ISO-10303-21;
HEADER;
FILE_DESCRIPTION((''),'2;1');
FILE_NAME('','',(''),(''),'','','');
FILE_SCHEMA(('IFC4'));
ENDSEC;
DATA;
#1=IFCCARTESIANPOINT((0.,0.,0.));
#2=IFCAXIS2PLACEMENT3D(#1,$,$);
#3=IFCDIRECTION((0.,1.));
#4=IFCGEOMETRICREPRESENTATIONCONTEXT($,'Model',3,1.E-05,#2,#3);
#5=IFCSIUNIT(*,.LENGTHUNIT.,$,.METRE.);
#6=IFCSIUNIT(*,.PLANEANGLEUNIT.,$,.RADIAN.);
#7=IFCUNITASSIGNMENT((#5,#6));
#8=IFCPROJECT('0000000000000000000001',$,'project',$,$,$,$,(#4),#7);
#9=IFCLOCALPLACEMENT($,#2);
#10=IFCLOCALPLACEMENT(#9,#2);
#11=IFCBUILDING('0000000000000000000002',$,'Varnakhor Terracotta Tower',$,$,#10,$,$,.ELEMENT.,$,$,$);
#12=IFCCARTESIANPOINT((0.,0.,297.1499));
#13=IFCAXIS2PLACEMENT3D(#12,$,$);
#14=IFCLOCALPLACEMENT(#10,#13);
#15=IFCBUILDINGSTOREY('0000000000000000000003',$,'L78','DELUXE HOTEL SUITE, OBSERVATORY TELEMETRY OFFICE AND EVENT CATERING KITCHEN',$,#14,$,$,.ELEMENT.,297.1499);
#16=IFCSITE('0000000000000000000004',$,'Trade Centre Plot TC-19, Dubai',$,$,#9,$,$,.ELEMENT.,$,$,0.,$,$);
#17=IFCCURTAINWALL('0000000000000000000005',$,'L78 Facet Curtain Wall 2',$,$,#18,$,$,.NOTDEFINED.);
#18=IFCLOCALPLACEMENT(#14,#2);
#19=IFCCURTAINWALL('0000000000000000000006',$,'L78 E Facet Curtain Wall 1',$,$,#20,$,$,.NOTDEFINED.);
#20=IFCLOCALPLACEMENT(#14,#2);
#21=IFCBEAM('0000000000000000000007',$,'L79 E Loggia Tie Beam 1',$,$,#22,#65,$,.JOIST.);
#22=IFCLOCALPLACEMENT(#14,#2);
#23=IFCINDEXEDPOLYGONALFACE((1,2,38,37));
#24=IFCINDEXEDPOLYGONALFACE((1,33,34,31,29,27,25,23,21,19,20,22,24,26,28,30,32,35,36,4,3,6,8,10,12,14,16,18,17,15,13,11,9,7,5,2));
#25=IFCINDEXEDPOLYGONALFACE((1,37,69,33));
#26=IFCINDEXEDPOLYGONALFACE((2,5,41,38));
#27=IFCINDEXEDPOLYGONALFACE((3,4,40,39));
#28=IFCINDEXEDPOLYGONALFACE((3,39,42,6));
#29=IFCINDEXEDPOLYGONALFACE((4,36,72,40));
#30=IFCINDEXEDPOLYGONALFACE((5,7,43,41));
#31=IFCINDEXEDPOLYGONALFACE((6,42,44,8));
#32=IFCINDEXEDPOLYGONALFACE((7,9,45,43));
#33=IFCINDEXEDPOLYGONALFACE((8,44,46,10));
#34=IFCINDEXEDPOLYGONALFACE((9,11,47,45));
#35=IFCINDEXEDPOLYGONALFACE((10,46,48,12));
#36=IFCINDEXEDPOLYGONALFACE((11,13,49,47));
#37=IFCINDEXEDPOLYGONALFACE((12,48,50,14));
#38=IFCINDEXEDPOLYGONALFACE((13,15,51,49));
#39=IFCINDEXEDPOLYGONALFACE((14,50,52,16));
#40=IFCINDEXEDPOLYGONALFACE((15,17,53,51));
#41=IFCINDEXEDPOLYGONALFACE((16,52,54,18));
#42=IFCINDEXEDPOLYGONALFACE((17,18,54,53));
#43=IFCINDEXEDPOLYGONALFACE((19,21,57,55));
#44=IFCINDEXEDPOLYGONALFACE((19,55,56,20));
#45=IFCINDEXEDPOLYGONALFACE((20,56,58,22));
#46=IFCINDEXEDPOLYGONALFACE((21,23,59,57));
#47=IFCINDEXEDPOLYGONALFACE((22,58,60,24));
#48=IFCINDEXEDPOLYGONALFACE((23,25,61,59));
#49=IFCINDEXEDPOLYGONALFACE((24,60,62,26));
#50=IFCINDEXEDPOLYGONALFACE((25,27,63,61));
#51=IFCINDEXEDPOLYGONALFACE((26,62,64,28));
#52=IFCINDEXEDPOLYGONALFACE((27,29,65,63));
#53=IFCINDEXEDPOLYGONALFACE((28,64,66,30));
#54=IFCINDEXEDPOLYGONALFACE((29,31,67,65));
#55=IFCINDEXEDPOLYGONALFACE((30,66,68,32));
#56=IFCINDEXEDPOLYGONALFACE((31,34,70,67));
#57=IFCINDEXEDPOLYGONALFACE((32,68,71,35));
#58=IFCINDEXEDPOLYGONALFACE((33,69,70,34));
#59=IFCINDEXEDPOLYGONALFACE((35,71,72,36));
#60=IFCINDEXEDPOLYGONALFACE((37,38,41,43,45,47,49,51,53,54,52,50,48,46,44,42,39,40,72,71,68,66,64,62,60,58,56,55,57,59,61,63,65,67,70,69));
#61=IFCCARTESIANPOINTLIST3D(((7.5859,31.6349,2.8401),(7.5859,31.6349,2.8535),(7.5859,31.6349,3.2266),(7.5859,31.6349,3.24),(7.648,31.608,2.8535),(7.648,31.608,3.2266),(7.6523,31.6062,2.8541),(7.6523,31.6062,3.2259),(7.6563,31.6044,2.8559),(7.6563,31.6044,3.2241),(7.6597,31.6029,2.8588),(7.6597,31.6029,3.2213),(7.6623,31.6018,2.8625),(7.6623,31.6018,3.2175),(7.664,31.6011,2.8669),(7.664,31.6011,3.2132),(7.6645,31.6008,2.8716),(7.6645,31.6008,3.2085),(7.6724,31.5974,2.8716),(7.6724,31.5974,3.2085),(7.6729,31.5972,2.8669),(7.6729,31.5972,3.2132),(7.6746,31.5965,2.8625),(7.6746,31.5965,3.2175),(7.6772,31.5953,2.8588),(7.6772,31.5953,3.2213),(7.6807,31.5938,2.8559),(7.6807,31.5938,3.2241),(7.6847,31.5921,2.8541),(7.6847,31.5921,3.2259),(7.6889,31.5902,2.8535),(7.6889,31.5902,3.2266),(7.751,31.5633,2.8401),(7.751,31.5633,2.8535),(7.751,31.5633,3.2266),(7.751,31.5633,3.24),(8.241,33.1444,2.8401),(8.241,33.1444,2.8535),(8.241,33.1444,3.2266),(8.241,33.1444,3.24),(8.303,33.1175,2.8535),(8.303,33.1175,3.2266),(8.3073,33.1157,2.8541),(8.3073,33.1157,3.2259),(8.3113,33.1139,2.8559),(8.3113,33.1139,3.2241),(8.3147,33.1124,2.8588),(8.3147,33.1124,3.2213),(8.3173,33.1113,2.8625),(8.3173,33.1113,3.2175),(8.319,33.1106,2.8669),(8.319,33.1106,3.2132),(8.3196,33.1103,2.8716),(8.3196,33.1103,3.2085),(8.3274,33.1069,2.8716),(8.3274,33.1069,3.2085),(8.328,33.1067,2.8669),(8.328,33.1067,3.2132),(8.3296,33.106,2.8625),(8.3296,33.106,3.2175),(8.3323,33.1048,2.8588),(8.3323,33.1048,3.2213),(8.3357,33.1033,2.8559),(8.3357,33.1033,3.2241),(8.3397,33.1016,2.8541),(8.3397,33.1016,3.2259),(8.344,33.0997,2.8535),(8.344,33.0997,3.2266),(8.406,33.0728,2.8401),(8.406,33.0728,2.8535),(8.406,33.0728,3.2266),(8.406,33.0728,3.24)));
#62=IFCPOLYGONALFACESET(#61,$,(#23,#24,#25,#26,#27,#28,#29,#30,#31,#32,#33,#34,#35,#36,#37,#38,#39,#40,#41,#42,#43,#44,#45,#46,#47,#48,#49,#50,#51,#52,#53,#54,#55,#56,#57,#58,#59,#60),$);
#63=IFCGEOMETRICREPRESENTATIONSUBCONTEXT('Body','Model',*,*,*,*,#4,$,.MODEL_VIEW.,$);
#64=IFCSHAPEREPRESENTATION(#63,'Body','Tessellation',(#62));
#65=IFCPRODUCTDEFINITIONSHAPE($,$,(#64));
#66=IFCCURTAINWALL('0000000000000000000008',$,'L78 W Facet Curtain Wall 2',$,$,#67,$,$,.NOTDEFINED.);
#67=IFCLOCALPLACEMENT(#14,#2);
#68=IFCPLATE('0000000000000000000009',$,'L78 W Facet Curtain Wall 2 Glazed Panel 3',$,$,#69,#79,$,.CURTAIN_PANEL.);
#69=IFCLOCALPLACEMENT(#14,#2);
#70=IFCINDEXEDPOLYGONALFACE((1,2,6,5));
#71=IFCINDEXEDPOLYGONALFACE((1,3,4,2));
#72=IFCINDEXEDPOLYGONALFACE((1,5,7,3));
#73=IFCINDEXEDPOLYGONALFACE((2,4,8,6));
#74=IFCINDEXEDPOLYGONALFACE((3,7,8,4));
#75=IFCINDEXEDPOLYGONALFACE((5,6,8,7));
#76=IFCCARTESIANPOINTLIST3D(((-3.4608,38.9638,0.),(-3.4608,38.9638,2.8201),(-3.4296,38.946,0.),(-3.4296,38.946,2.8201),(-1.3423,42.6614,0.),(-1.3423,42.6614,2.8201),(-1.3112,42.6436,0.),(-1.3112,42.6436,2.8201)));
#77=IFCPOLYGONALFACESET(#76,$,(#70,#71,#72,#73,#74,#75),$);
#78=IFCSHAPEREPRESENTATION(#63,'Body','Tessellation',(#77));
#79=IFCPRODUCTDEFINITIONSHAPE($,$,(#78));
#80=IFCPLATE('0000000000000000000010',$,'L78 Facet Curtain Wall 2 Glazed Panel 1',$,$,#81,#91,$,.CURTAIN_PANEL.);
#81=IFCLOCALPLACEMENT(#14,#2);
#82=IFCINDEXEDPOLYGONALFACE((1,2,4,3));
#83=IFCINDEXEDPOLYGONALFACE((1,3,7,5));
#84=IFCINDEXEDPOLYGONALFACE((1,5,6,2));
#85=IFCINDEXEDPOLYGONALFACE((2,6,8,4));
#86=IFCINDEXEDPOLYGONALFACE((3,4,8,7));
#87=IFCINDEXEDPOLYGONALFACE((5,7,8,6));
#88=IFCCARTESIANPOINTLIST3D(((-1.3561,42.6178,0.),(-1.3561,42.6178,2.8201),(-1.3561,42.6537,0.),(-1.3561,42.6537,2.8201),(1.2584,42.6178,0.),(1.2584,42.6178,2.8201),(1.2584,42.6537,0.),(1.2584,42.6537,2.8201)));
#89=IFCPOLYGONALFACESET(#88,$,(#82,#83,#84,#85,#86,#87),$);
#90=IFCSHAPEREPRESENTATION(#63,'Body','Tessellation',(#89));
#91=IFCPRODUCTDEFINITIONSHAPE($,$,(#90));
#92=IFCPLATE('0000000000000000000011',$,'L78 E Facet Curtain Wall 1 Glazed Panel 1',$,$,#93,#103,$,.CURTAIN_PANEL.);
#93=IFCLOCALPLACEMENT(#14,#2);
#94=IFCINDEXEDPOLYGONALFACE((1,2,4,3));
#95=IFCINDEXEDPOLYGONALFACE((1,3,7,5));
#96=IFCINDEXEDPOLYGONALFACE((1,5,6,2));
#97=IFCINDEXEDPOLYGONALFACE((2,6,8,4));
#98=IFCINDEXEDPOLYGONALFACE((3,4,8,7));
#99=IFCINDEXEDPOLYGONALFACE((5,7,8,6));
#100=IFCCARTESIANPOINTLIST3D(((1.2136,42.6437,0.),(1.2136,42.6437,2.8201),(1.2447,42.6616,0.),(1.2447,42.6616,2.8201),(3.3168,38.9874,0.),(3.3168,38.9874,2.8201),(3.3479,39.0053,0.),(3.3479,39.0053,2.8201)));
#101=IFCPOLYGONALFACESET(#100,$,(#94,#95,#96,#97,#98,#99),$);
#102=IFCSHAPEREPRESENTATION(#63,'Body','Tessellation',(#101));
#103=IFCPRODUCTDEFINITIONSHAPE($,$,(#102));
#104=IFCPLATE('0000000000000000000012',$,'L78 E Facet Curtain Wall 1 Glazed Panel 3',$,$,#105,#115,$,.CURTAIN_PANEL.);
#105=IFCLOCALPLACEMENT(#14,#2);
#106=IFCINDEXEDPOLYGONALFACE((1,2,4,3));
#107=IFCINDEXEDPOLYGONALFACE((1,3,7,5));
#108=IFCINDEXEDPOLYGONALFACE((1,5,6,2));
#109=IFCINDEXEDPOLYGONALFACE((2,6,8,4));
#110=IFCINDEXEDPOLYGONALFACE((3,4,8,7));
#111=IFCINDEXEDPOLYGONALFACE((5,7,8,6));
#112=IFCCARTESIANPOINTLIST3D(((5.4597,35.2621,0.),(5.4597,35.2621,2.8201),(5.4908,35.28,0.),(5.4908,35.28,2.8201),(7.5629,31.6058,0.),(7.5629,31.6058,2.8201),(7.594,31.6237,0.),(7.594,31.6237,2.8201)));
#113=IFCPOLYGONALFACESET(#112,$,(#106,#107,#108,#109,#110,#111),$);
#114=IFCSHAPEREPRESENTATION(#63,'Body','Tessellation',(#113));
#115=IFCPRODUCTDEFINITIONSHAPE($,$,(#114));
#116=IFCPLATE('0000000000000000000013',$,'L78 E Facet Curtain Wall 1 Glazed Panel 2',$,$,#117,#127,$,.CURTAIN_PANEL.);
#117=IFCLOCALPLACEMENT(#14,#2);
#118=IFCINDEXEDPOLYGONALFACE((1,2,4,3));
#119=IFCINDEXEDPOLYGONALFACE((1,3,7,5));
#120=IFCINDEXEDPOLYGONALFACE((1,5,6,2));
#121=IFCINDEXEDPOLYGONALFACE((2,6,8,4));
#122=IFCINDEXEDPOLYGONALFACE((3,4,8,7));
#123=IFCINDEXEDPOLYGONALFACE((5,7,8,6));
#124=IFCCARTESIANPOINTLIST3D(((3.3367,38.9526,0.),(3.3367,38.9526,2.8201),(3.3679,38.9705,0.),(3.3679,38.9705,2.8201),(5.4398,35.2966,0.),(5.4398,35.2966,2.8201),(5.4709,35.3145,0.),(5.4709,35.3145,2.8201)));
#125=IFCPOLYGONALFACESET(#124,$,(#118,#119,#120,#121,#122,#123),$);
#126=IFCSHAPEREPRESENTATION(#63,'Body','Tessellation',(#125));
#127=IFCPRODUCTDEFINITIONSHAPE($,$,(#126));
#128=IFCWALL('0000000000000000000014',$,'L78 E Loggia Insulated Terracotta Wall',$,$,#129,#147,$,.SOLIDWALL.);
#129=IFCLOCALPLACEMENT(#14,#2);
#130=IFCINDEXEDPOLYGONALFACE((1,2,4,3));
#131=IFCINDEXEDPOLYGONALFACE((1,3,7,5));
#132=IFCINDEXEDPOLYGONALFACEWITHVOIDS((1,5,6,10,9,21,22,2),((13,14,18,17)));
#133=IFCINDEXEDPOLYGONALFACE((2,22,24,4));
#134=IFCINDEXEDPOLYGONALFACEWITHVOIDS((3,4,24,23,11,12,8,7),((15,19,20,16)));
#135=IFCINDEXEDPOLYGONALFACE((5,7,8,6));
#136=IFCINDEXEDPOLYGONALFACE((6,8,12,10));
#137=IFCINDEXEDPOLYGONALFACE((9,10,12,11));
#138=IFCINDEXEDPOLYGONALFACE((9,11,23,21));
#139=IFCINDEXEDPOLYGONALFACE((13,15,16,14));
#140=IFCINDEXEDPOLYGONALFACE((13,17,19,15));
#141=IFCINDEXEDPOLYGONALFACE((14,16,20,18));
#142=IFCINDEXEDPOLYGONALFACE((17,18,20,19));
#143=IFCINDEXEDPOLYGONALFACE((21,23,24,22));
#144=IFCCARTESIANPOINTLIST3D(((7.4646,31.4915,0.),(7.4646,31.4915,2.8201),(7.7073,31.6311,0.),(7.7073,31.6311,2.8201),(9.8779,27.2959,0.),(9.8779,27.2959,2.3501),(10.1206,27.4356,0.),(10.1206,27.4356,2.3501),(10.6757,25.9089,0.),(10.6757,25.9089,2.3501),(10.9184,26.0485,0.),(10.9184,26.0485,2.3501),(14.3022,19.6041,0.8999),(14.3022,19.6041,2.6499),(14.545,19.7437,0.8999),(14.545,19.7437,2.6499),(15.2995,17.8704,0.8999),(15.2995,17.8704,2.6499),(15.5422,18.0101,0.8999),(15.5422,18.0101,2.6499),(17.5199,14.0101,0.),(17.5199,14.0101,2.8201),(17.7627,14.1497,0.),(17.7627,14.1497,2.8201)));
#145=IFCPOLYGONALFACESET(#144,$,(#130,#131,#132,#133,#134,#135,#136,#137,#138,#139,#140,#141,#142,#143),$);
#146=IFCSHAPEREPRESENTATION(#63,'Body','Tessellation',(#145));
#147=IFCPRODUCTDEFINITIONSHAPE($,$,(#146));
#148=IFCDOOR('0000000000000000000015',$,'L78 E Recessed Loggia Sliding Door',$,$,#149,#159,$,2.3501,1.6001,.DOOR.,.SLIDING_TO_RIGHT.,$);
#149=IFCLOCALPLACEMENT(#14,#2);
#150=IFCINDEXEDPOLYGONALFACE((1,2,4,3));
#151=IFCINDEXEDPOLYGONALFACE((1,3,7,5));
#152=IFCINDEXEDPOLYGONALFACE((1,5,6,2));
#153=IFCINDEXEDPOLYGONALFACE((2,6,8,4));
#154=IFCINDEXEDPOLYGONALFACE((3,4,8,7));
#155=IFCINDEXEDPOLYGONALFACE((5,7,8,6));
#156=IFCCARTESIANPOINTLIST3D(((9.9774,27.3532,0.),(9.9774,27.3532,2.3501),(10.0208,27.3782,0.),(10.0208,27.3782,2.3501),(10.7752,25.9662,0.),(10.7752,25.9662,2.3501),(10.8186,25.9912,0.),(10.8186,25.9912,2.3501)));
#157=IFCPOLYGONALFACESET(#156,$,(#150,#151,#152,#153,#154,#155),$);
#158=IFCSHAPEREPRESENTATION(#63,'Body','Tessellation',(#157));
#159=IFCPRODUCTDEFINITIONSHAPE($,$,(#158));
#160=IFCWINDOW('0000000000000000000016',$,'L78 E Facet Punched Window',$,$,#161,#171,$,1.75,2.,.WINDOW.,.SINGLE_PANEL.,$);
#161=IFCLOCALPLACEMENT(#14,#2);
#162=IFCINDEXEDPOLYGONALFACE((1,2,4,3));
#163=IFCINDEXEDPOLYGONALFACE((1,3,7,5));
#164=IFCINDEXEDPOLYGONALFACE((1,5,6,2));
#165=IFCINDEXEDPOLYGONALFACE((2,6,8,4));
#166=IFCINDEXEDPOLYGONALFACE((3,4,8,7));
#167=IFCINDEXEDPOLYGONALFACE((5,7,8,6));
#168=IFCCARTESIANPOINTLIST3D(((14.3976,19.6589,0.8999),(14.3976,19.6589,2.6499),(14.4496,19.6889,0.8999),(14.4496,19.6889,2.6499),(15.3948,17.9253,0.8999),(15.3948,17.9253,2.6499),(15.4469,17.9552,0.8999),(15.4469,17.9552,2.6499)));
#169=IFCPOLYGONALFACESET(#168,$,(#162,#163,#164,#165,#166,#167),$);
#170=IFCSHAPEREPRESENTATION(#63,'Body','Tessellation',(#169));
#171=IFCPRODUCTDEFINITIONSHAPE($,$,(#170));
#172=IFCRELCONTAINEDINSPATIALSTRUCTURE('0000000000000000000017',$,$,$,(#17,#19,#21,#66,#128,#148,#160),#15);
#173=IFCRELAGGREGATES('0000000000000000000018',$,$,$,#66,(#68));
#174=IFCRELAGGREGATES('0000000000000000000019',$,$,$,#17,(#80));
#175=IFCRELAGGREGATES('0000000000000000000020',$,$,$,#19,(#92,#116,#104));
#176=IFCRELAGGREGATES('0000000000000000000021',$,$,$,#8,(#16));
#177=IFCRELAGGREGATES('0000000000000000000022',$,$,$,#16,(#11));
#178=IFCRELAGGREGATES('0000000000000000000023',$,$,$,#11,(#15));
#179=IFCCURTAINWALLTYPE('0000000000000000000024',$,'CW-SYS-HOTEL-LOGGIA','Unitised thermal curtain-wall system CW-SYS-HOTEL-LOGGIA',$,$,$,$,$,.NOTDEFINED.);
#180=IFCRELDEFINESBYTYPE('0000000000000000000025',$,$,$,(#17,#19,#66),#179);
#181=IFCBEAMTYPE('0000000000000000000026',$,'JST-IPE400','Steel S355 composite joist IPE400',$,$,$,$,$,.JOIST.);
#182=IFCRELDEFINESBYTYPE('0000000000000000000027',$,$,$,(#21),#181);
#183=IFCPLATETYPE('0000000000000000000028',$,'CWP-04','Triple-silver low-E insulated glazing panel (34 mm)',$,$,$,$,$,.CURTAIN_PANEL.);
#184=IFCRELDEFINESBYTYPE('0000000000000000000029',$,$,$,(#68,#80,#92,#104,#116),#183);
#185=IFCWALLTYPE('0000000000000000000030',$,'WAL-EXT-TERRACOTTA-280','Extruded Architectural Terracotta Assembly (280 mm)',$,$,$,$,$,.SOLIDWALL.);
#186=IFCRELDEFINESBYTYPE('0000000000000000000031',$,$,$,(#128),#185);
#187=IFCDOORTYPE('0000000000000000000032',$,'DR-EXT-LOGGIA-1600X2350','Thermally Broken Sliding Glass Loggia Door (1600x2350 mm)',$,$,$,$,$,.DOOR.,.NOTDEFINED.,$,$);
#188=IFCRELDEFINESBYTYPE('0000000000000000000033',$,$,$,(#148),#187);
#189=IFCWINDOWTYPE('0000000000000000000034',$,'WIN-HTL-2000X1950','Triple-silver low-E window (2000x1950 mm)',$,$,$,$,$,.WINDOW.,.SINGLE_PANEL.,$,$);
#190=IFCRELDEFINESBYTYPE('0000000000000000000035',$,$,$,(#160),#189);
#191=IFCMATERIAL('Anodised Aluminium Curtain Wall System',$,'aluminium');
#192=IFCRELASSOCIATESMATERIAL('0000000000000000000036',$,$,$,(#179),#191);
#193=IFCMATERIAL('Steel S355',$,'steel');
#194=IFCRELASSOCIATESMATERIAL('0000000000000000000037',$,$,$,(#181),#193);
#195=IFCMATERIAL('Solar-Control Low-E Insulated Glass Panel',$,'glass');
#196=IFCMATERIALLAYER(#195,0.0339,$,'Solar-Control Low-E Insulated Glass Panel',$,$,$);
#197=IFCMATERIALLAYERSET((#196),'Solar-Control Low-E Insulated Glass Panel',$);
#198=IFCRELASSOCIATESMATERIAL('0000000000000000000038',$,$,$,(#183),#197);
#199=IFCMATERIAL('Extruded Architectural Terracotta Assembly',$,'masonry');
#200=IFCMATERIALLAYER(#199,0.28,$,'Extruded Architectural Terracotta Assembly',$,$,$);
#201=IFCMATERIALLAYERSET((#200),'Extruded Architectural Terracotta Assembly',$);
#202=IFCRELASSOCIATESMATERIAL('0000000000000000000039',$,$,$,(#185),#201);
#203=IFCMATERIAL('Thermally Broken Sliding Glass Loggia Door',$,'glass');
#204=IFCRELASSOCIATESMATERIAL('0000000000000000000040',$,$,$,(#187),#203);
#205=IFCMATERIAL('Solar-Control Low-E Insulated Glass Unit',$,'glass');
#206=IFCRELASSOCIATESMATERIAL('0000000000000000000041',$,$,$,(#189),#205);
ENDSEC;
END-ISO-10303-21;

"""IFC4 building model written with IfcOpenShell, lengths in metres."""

from ifc_helpers import new_model, si_unit, direction, frame, frame_2d, origin, origin_2d, place, context, subcontext, project, spatial, rectangle, i_section, extrude, source, transform, mapped, material, layer, layer_set, material_profile, profile_set, type_object, type_shapes, element, fill, aggregate, save


model = new_model("IFC4")

# Units and contexts
model_context = context("Model", 3, precision=1e-05, world=origin(), true_north=direction((0.0, 1.0)))
body_context = subcontext(model_context, "Body", "Model", "MODEL_VIEW")
ifc_project = project(units=[si_unit("LENGTHUNIT", "METRE"), si_unit("PLANEANGLEUNIT", "RADIAN")], contexts=[model_context])

# Site, building, storey
site_placement = place(None, origin())
site = spatial("IfcSite", under=ifc_project, at=site_placement, Name="Trade Centre Plot TC-19, Dubai", CompositionType="ELEMENT", RefElevation=0.0)
building_placement = place(site_placement, origin())
building = spatial("IfcBuilding", under=site, at=building_placement, Name="Varnakhor Terracotta Tower", CompositionType="ELEMENT")
storey_placement = place(building_placement, frame((0.0, 0.0, 297.1499)))
storey = spatial("IfcBuildingStorey", under=building, at=storey_placement, Name="L78", Description="DELUXE HOTEL SUITE, OBSERVATORY TELEMETRY OFFICE AND EVENT CATERING KITCHEN", CompositionType="ELEMENT", Elevation=297.1499)

# Shared definitions
ifc_material_1 = material(Name="Steel S355", Category="steel")

# Curtain wall
ifc_material_2 = material(Name="Anodised Aluminium Curtain Wall System", Category="aluminium")
curtain_wall_type = type_object("IfcCurtainWallType", Name="CW-SYS-HOTEL-LOGGIA", Description="Unitised thermal curtain-wall system CW-SYS-HOTEL-LOGGIA", PredefinedType="NOTDEFINED", material=ifc_material_2)
curtain_wall_1_placement = place(storey_placement, origin())
curtain_wall_1 = element("IfcCurtainWall", 1, at=curtain_wall_1_placement, inside=storey, type_object=curtain_wall_type, Name="L78 Facet Curtain Wall 2", PredefinedType="NOTDEFINED")

# Curtain wall
curtain_wall_2_placement = place(storey_placement, origin())
curtain_wall_2 = element("IfcCurtainWall", 2, at=curtain_wall_2_placement, inside=storey, type_object=curtain_wall_type, Name="L78 E Facet Curtain Wall 1", PredefinedType="NOTDEFINED")

# Beam
ifc_material_profile_1 = material_profile(ifc_material_1, i_section(OverallWidth=0.1799, OverallDepth=0.3999, WebThickness=0.0085, FlangeThickness=0.0134, FilletRadius=0.0181, at=origin_2d()), Name="IPE400")
ifc_profile_set_1 = profile_set([ifc_material_profile_1], Name="Steel S355")
beam_type_1 = type_object("IfcBeamType", Name="JST-IPE400", Description="Steel S355 composite joist IPE400", PredefinedType="JOIST", material=ifc_profile_set_1)
shared_shape_1 = source(origin(), body_context, "Body", "SweptSolid", [
    extrude(i_section(OverallWidth=0.1799, OverallDepth=0.3999, WebThickness=0.0085, FlangeThickness=0.0134, FilletRadius=0.0181, at=origin_2d()), origin(), (0.0, 0.0, 1.0), 1.6455),
])
beam_1_placement = place(storey_placement, frame((7.6685, 31.5991, 3.04), z_axis=(0.39807, 0.917355, 0.0), x_axis=(-0.917355, 0.39807, 0.0)))
element("IfcBeam", 3, at=beam_1_placement, inside=storey, type_object=beam_type_1, Name="L79 E Loggia Tie Beam 1", PredefinedType="JOIST", context=body_context, shape_type="MappedRepresentation", body=[
    mapped(shared_shape_1, transform((0.0, 0.0, 0.0), scale=1.0)),
])

# Curtain wall, plate
curtain_wall_3_placement = place(storey_placement, origin())
curtain_wall_3 = element("IfcCurtainWall", 4, at=curtain_wall_3_placement, inside=storey, type_object=curtain_wall_type, Name="L78 W Facet Curtain Wall 2", PredefinedType="NOTDEFINED")
ifc_material_3 = material(Name="Solar-Control Low-E Insulated Glass Panel", Category="glass")
ifc_layer_1 = layer(ifc_material_3, 0.0339, Name="Solar-Control Low-E Insulated Glass Panel")
ifc_layer_set_1 = layer_set([ifc_layer_1], Name="Solar-Control Low-E Insulated Glass Panel")
plate_type = type_object("IfcPlateType", Name="CWP-04", Description="Triple-silver low-E insulated glazing panel (34 mm)", PredefinedType="CURTAIN_PANEL", material=ifc_layer_set_1)
shared_shape_2 = source(origin(), body_context, "Body", "SweptSolid", [
    extrude(rectangle(XDim=4.2615, YDim=0.0359, at=origin_2d()), origin(), (0.0, 0.0, 1.0), 2.8201),
])
plate_1_placement = place(storey_placement, frame((-2.386, 40.8037, 0.0), z_axis=(0.0, 0.0, 1.0), x_axis=(0.49711, 0.867687, 0.0)))
plate_1 = element("IfcPlate", 5, at=plate_1_placement, type_object=plate_type, Name="L78 W Facet Curtain Wall 2 Glazed Panel 3", PredefinedType="CURTAIN_PANEL", context=body_context, shape_type="MappedRepresentation", body=[
    mapped(shared_shape_2, transform((0.0, 0.0, 0.0), scale=1.0)),
])
aggregate(curtain_wall_3, [plate_1])

# Plates
shared_shape_3 = source(origin(), body_context, "Body", "SweptSolid", [
    extrude(rectangle(XDim=2.6145, YDim=0.0359, at=origin_2d()), origin(), (0.0, 0.0, 1.0), 2.8201),
])
plate_2_placement = place(storey_placement, frame((-0.0488, 42.6357, 0.0), z_axis=(0.0, 0.0, 1.0), x_axis=(1.0, 0.0, 0.0)))
plate_2 = element("IfcPlate", 6, at=plate_2_placement, type_object=plate_type, Name="L78 Facet Curtain Wall 2 Glazed Panel 1", PredefinedType="CURTAIN_PANEL", context=body_context, shape_type="MappedRepresentation", body=[
    mapped(shared_shape_3, transform((0.0, 0.0, 0.0), scale=1.0)),
])
aggregate(curtain_wall_1, [plate_2])
shared_shape_4 = source(origin(), body_context, "Body", "SweptSolid", [
    extrude(rectangle(XDim=4.218, YDim=0.0359, at=origin_2d()), origin(), (0.0, 0.0, 1.0), 2.8201),
])
plate_3_placement = place(storey_placement, frame((2.2808, 40.8245, 0.0), z_axis=(0.0, 0.0, 1.0), x_axis=(0.498609, -0.866827, 0.0)))
plate_3 = element("IfcPlate", 7, at=plate_3_placement, type_object=plate_type, Name="L78 E Facet Curtain Wall 1 Glazed Panel 1", PredefinedType="CURTAIN_PANEL", context=body_context, shape_type="MappedRepresentation", body=[
    mapped(shared_shape_4, transform((0.0, 0.0, 0.0), scale=1.0)),
])
plate_4_placement = place(storey_placement, frame((6.5269, 33.4429, 0.0), z_axis=(0.0, 0.0, 1.0), x_axis=(0.498609, -0.866827, 0.0)))
plate_4 = element("IfcPlate", 8, at=plate_4_placement, type_object=plate_type, Name="L78 E Facet Curtain Wall 1 Glazed Panel 3", PredefinedType="CURTAIN_PANEL", context=body_context, shape_type="MappedRepresentation", body=[
    mapped(shared_shape_4, transform((0.0, 0.0, 0.0), scale=1.0)),
])
shared_shape_5 = source(origin(), body_context, "Body", "SweptSolid", [
    extrude(rectangle(XDim=4.2178, YDim=0.0359, at=origin_2d()), origin(), (0.0, 0.0, 1.0), 2.8201),
])
plate_5_placement = place(storey_placement, frame((4.4038, 37.1335, 0.0), z_axis=(0.0, 0.0, 1.0), x_axis=(0.498609, -0.866827, 0.0)))
plate_5 = element("IfcPlate", 9, at=plate_5_placement, type_object=plate_type, Name="L78 E Facet Curtain Wall 1 Glazed Panel 2", PredefinedType="CURTAIN_PANEL", context=body_context, shape_type="MappedRepresentation", body=[
    mapped(shared_shape_5, transform((0.0, 0.0, 0.0), scale=1.0)),
])
aggregate(curtain_wall_2, [plate_3, plate_5, plate_4])

# Wall, openings, door, window
ifc_material_4 = material(Name="Extruded Architectural Terracotta Assembly", Category="masonry")
ifc_layer_2 = layer(ifc_material_4, 0.28, Name="Extruded Architectural Terracotta Assembly")
ifc_layer_set_2 = layer_set([ifc_layer_2], Name="Extruded Architectural Terracotta Assembly")
wall_type_1 = type_object("IfcWallType", Name="WAL-EXT-TERRACOTTA-280", Description="Extruded Architectural Terracotta Assembly (280 mm)", PredefinedType="SOLIDWALL", material=ifc_layer_set_2)
wall_1_placement = place(storey_placement, frame((7.5859, 31.5613, 0.0), z_axis=(0.0, 0.0, 1.0), x_axis=(0.498605, -0.866829, 0.0)))
wall_1 = element("IfcWall", 10, at=wall_1_placement, inside=storey, type_object=wall_type_1, Name="L78 E Loggia Insulated Terracotta Wall", PredefinedType="SOLIDWALL", context=body_context, shape_type="SweptSolid", body=[
    extrude(rectangle(XDim=20.167, YDim=0.28, at=frame_2d((10.0835, 0.0))), origin(), (0.0, 0.0, 1.0), 2.8201),
])
opening_1_placement = place(wall_1_placement, frame((4.8401, 0.0, 0.0)))
opening_1 = element("IfcOpeningElement", 11, at=opening_1_placement, cuts=wall_1, PredefinedType="OPENING", context=body_context, shape_type="SweptSolid", body=[
    extrude(rectangle(XDim=1.6001, YDim=2.3501, at=frame_2d((0.8, 1.175))), frame((0.0, 0.1499, 0.0), z_axis=(0.0, -1.0, 0.0), x_axis=(1.0, 0.0, 0.0)), (0.0, 0.0, 1.0), 0.3),
])
opening_2_placement = place(wall_1_placement, frame((13.7136, 0.0, 0.8999)))
opening_2 = element("IfcOpeningElement", 12, at=opening_2_placement, cuts=wall_1, PredefinedType="OPENING", context=body_context, shape_type="SweptSolid", body=[
    extrude(rectangle(XDim=2.0, YDim=1.75, at=frame_2d((1.0, 0.875))), frame((0.0, 0.1499, 0.0), z_axis=(0.0, -1.0, 0.0), x_axis=(1.0, 0.0, 0.0)), (0.0, 0.0, 1.0), 0.3),
])
ifc_material_5 = material(Name="Thermally Broken Sliding Glass Loggia Door", Category="glass")
door_type = type_object("IfcDoorType", Name="DR-EXT-LOGGIA-1600X2350", Description="Thermally Broken Sliding Glass Loggia Door (1600x2350 mm)", OperationType="NOTDEFINED", PredefinedType="DOOR", material=ifc_material_5)
shared_shape_6 = source(origin(), body_context, "Body", "SweptSolid", [
    extrude(rectangle(XDim=1.6001, YDim=2.3501, at=frame_2d((0.8, 1.175))), frame((0.0, 0.0249, 0.0), z_axis=(0.0, -1.0, 0.0), x_axis=(1.0, 0.0, 0.0)), (0.0, 0.0, 1.0), 0.05),
])
type_shapes(door_type, [shared_shape_6])
door_placement = place(opening_1_placement, origin())
door = element("IfcDoor", 13, at=door_placement, inside=storey, type_object=door_type, Name="L78 E Recessed Loggia Sliding Door", OperationType="SLIDING_TO_RIGHT", OverallHeight=2.3501, OverallWidth=1.6001, PredefinedType="DOOR", context=body_context, shape_type="MappedRepresentation", body=[
    mapped(shared_shape_6, transform((0.0, 0.0, 0.0), scale=1.0)),
])
fill(opening_1, door)
ifc_material_6 = material(Name="Solar-Control Low-E Insulated Glass Unit", Category="glass")
window_type = type_object("IfcWindowType", Name="WIN-HTL-2000X1950", Description="Triple-silver low-E window (2000x1950 mm)", PartitioningType="SINGLE_PANEL", PredefinedType="WINDOW", material=ifc_material_6)
shared_shape_7 = source(origin(), body_context, "Body", "SweptSolid", [
    extrude(rectangle(XDim=2.0, YDim=1.75, at=frame_2d((1.0, 0.875))), frame((0.0, 0.03, 0.0), z_axis=(0.0, -1.0, 0.0), x_axis=(1.0, 0.0, 0.0)), (0.0, 0.0, 1.0), 0.0601),
])
type_shapes(window_type, [shared_shape_7])
window_placement = place(opening_2_placement, origin())
window = element("IfcWindow", 14, at=window_placement, inside=storey, type_object=window_type, Name="L78 E Facet Punched Window", OverallHeight=1.75, OverallWidth=2.0, PartitioningType="SINGLE_PANEL", PredefinedType="WINDOW", context=body_context, shape_type="MappedRepresentation", body=[
    mapped(shared_shape_7, transform((0.0, 0.0, 0.0), scale=1.0)),
])
fill(opening_2, window)

save(model, "model.ifc")
